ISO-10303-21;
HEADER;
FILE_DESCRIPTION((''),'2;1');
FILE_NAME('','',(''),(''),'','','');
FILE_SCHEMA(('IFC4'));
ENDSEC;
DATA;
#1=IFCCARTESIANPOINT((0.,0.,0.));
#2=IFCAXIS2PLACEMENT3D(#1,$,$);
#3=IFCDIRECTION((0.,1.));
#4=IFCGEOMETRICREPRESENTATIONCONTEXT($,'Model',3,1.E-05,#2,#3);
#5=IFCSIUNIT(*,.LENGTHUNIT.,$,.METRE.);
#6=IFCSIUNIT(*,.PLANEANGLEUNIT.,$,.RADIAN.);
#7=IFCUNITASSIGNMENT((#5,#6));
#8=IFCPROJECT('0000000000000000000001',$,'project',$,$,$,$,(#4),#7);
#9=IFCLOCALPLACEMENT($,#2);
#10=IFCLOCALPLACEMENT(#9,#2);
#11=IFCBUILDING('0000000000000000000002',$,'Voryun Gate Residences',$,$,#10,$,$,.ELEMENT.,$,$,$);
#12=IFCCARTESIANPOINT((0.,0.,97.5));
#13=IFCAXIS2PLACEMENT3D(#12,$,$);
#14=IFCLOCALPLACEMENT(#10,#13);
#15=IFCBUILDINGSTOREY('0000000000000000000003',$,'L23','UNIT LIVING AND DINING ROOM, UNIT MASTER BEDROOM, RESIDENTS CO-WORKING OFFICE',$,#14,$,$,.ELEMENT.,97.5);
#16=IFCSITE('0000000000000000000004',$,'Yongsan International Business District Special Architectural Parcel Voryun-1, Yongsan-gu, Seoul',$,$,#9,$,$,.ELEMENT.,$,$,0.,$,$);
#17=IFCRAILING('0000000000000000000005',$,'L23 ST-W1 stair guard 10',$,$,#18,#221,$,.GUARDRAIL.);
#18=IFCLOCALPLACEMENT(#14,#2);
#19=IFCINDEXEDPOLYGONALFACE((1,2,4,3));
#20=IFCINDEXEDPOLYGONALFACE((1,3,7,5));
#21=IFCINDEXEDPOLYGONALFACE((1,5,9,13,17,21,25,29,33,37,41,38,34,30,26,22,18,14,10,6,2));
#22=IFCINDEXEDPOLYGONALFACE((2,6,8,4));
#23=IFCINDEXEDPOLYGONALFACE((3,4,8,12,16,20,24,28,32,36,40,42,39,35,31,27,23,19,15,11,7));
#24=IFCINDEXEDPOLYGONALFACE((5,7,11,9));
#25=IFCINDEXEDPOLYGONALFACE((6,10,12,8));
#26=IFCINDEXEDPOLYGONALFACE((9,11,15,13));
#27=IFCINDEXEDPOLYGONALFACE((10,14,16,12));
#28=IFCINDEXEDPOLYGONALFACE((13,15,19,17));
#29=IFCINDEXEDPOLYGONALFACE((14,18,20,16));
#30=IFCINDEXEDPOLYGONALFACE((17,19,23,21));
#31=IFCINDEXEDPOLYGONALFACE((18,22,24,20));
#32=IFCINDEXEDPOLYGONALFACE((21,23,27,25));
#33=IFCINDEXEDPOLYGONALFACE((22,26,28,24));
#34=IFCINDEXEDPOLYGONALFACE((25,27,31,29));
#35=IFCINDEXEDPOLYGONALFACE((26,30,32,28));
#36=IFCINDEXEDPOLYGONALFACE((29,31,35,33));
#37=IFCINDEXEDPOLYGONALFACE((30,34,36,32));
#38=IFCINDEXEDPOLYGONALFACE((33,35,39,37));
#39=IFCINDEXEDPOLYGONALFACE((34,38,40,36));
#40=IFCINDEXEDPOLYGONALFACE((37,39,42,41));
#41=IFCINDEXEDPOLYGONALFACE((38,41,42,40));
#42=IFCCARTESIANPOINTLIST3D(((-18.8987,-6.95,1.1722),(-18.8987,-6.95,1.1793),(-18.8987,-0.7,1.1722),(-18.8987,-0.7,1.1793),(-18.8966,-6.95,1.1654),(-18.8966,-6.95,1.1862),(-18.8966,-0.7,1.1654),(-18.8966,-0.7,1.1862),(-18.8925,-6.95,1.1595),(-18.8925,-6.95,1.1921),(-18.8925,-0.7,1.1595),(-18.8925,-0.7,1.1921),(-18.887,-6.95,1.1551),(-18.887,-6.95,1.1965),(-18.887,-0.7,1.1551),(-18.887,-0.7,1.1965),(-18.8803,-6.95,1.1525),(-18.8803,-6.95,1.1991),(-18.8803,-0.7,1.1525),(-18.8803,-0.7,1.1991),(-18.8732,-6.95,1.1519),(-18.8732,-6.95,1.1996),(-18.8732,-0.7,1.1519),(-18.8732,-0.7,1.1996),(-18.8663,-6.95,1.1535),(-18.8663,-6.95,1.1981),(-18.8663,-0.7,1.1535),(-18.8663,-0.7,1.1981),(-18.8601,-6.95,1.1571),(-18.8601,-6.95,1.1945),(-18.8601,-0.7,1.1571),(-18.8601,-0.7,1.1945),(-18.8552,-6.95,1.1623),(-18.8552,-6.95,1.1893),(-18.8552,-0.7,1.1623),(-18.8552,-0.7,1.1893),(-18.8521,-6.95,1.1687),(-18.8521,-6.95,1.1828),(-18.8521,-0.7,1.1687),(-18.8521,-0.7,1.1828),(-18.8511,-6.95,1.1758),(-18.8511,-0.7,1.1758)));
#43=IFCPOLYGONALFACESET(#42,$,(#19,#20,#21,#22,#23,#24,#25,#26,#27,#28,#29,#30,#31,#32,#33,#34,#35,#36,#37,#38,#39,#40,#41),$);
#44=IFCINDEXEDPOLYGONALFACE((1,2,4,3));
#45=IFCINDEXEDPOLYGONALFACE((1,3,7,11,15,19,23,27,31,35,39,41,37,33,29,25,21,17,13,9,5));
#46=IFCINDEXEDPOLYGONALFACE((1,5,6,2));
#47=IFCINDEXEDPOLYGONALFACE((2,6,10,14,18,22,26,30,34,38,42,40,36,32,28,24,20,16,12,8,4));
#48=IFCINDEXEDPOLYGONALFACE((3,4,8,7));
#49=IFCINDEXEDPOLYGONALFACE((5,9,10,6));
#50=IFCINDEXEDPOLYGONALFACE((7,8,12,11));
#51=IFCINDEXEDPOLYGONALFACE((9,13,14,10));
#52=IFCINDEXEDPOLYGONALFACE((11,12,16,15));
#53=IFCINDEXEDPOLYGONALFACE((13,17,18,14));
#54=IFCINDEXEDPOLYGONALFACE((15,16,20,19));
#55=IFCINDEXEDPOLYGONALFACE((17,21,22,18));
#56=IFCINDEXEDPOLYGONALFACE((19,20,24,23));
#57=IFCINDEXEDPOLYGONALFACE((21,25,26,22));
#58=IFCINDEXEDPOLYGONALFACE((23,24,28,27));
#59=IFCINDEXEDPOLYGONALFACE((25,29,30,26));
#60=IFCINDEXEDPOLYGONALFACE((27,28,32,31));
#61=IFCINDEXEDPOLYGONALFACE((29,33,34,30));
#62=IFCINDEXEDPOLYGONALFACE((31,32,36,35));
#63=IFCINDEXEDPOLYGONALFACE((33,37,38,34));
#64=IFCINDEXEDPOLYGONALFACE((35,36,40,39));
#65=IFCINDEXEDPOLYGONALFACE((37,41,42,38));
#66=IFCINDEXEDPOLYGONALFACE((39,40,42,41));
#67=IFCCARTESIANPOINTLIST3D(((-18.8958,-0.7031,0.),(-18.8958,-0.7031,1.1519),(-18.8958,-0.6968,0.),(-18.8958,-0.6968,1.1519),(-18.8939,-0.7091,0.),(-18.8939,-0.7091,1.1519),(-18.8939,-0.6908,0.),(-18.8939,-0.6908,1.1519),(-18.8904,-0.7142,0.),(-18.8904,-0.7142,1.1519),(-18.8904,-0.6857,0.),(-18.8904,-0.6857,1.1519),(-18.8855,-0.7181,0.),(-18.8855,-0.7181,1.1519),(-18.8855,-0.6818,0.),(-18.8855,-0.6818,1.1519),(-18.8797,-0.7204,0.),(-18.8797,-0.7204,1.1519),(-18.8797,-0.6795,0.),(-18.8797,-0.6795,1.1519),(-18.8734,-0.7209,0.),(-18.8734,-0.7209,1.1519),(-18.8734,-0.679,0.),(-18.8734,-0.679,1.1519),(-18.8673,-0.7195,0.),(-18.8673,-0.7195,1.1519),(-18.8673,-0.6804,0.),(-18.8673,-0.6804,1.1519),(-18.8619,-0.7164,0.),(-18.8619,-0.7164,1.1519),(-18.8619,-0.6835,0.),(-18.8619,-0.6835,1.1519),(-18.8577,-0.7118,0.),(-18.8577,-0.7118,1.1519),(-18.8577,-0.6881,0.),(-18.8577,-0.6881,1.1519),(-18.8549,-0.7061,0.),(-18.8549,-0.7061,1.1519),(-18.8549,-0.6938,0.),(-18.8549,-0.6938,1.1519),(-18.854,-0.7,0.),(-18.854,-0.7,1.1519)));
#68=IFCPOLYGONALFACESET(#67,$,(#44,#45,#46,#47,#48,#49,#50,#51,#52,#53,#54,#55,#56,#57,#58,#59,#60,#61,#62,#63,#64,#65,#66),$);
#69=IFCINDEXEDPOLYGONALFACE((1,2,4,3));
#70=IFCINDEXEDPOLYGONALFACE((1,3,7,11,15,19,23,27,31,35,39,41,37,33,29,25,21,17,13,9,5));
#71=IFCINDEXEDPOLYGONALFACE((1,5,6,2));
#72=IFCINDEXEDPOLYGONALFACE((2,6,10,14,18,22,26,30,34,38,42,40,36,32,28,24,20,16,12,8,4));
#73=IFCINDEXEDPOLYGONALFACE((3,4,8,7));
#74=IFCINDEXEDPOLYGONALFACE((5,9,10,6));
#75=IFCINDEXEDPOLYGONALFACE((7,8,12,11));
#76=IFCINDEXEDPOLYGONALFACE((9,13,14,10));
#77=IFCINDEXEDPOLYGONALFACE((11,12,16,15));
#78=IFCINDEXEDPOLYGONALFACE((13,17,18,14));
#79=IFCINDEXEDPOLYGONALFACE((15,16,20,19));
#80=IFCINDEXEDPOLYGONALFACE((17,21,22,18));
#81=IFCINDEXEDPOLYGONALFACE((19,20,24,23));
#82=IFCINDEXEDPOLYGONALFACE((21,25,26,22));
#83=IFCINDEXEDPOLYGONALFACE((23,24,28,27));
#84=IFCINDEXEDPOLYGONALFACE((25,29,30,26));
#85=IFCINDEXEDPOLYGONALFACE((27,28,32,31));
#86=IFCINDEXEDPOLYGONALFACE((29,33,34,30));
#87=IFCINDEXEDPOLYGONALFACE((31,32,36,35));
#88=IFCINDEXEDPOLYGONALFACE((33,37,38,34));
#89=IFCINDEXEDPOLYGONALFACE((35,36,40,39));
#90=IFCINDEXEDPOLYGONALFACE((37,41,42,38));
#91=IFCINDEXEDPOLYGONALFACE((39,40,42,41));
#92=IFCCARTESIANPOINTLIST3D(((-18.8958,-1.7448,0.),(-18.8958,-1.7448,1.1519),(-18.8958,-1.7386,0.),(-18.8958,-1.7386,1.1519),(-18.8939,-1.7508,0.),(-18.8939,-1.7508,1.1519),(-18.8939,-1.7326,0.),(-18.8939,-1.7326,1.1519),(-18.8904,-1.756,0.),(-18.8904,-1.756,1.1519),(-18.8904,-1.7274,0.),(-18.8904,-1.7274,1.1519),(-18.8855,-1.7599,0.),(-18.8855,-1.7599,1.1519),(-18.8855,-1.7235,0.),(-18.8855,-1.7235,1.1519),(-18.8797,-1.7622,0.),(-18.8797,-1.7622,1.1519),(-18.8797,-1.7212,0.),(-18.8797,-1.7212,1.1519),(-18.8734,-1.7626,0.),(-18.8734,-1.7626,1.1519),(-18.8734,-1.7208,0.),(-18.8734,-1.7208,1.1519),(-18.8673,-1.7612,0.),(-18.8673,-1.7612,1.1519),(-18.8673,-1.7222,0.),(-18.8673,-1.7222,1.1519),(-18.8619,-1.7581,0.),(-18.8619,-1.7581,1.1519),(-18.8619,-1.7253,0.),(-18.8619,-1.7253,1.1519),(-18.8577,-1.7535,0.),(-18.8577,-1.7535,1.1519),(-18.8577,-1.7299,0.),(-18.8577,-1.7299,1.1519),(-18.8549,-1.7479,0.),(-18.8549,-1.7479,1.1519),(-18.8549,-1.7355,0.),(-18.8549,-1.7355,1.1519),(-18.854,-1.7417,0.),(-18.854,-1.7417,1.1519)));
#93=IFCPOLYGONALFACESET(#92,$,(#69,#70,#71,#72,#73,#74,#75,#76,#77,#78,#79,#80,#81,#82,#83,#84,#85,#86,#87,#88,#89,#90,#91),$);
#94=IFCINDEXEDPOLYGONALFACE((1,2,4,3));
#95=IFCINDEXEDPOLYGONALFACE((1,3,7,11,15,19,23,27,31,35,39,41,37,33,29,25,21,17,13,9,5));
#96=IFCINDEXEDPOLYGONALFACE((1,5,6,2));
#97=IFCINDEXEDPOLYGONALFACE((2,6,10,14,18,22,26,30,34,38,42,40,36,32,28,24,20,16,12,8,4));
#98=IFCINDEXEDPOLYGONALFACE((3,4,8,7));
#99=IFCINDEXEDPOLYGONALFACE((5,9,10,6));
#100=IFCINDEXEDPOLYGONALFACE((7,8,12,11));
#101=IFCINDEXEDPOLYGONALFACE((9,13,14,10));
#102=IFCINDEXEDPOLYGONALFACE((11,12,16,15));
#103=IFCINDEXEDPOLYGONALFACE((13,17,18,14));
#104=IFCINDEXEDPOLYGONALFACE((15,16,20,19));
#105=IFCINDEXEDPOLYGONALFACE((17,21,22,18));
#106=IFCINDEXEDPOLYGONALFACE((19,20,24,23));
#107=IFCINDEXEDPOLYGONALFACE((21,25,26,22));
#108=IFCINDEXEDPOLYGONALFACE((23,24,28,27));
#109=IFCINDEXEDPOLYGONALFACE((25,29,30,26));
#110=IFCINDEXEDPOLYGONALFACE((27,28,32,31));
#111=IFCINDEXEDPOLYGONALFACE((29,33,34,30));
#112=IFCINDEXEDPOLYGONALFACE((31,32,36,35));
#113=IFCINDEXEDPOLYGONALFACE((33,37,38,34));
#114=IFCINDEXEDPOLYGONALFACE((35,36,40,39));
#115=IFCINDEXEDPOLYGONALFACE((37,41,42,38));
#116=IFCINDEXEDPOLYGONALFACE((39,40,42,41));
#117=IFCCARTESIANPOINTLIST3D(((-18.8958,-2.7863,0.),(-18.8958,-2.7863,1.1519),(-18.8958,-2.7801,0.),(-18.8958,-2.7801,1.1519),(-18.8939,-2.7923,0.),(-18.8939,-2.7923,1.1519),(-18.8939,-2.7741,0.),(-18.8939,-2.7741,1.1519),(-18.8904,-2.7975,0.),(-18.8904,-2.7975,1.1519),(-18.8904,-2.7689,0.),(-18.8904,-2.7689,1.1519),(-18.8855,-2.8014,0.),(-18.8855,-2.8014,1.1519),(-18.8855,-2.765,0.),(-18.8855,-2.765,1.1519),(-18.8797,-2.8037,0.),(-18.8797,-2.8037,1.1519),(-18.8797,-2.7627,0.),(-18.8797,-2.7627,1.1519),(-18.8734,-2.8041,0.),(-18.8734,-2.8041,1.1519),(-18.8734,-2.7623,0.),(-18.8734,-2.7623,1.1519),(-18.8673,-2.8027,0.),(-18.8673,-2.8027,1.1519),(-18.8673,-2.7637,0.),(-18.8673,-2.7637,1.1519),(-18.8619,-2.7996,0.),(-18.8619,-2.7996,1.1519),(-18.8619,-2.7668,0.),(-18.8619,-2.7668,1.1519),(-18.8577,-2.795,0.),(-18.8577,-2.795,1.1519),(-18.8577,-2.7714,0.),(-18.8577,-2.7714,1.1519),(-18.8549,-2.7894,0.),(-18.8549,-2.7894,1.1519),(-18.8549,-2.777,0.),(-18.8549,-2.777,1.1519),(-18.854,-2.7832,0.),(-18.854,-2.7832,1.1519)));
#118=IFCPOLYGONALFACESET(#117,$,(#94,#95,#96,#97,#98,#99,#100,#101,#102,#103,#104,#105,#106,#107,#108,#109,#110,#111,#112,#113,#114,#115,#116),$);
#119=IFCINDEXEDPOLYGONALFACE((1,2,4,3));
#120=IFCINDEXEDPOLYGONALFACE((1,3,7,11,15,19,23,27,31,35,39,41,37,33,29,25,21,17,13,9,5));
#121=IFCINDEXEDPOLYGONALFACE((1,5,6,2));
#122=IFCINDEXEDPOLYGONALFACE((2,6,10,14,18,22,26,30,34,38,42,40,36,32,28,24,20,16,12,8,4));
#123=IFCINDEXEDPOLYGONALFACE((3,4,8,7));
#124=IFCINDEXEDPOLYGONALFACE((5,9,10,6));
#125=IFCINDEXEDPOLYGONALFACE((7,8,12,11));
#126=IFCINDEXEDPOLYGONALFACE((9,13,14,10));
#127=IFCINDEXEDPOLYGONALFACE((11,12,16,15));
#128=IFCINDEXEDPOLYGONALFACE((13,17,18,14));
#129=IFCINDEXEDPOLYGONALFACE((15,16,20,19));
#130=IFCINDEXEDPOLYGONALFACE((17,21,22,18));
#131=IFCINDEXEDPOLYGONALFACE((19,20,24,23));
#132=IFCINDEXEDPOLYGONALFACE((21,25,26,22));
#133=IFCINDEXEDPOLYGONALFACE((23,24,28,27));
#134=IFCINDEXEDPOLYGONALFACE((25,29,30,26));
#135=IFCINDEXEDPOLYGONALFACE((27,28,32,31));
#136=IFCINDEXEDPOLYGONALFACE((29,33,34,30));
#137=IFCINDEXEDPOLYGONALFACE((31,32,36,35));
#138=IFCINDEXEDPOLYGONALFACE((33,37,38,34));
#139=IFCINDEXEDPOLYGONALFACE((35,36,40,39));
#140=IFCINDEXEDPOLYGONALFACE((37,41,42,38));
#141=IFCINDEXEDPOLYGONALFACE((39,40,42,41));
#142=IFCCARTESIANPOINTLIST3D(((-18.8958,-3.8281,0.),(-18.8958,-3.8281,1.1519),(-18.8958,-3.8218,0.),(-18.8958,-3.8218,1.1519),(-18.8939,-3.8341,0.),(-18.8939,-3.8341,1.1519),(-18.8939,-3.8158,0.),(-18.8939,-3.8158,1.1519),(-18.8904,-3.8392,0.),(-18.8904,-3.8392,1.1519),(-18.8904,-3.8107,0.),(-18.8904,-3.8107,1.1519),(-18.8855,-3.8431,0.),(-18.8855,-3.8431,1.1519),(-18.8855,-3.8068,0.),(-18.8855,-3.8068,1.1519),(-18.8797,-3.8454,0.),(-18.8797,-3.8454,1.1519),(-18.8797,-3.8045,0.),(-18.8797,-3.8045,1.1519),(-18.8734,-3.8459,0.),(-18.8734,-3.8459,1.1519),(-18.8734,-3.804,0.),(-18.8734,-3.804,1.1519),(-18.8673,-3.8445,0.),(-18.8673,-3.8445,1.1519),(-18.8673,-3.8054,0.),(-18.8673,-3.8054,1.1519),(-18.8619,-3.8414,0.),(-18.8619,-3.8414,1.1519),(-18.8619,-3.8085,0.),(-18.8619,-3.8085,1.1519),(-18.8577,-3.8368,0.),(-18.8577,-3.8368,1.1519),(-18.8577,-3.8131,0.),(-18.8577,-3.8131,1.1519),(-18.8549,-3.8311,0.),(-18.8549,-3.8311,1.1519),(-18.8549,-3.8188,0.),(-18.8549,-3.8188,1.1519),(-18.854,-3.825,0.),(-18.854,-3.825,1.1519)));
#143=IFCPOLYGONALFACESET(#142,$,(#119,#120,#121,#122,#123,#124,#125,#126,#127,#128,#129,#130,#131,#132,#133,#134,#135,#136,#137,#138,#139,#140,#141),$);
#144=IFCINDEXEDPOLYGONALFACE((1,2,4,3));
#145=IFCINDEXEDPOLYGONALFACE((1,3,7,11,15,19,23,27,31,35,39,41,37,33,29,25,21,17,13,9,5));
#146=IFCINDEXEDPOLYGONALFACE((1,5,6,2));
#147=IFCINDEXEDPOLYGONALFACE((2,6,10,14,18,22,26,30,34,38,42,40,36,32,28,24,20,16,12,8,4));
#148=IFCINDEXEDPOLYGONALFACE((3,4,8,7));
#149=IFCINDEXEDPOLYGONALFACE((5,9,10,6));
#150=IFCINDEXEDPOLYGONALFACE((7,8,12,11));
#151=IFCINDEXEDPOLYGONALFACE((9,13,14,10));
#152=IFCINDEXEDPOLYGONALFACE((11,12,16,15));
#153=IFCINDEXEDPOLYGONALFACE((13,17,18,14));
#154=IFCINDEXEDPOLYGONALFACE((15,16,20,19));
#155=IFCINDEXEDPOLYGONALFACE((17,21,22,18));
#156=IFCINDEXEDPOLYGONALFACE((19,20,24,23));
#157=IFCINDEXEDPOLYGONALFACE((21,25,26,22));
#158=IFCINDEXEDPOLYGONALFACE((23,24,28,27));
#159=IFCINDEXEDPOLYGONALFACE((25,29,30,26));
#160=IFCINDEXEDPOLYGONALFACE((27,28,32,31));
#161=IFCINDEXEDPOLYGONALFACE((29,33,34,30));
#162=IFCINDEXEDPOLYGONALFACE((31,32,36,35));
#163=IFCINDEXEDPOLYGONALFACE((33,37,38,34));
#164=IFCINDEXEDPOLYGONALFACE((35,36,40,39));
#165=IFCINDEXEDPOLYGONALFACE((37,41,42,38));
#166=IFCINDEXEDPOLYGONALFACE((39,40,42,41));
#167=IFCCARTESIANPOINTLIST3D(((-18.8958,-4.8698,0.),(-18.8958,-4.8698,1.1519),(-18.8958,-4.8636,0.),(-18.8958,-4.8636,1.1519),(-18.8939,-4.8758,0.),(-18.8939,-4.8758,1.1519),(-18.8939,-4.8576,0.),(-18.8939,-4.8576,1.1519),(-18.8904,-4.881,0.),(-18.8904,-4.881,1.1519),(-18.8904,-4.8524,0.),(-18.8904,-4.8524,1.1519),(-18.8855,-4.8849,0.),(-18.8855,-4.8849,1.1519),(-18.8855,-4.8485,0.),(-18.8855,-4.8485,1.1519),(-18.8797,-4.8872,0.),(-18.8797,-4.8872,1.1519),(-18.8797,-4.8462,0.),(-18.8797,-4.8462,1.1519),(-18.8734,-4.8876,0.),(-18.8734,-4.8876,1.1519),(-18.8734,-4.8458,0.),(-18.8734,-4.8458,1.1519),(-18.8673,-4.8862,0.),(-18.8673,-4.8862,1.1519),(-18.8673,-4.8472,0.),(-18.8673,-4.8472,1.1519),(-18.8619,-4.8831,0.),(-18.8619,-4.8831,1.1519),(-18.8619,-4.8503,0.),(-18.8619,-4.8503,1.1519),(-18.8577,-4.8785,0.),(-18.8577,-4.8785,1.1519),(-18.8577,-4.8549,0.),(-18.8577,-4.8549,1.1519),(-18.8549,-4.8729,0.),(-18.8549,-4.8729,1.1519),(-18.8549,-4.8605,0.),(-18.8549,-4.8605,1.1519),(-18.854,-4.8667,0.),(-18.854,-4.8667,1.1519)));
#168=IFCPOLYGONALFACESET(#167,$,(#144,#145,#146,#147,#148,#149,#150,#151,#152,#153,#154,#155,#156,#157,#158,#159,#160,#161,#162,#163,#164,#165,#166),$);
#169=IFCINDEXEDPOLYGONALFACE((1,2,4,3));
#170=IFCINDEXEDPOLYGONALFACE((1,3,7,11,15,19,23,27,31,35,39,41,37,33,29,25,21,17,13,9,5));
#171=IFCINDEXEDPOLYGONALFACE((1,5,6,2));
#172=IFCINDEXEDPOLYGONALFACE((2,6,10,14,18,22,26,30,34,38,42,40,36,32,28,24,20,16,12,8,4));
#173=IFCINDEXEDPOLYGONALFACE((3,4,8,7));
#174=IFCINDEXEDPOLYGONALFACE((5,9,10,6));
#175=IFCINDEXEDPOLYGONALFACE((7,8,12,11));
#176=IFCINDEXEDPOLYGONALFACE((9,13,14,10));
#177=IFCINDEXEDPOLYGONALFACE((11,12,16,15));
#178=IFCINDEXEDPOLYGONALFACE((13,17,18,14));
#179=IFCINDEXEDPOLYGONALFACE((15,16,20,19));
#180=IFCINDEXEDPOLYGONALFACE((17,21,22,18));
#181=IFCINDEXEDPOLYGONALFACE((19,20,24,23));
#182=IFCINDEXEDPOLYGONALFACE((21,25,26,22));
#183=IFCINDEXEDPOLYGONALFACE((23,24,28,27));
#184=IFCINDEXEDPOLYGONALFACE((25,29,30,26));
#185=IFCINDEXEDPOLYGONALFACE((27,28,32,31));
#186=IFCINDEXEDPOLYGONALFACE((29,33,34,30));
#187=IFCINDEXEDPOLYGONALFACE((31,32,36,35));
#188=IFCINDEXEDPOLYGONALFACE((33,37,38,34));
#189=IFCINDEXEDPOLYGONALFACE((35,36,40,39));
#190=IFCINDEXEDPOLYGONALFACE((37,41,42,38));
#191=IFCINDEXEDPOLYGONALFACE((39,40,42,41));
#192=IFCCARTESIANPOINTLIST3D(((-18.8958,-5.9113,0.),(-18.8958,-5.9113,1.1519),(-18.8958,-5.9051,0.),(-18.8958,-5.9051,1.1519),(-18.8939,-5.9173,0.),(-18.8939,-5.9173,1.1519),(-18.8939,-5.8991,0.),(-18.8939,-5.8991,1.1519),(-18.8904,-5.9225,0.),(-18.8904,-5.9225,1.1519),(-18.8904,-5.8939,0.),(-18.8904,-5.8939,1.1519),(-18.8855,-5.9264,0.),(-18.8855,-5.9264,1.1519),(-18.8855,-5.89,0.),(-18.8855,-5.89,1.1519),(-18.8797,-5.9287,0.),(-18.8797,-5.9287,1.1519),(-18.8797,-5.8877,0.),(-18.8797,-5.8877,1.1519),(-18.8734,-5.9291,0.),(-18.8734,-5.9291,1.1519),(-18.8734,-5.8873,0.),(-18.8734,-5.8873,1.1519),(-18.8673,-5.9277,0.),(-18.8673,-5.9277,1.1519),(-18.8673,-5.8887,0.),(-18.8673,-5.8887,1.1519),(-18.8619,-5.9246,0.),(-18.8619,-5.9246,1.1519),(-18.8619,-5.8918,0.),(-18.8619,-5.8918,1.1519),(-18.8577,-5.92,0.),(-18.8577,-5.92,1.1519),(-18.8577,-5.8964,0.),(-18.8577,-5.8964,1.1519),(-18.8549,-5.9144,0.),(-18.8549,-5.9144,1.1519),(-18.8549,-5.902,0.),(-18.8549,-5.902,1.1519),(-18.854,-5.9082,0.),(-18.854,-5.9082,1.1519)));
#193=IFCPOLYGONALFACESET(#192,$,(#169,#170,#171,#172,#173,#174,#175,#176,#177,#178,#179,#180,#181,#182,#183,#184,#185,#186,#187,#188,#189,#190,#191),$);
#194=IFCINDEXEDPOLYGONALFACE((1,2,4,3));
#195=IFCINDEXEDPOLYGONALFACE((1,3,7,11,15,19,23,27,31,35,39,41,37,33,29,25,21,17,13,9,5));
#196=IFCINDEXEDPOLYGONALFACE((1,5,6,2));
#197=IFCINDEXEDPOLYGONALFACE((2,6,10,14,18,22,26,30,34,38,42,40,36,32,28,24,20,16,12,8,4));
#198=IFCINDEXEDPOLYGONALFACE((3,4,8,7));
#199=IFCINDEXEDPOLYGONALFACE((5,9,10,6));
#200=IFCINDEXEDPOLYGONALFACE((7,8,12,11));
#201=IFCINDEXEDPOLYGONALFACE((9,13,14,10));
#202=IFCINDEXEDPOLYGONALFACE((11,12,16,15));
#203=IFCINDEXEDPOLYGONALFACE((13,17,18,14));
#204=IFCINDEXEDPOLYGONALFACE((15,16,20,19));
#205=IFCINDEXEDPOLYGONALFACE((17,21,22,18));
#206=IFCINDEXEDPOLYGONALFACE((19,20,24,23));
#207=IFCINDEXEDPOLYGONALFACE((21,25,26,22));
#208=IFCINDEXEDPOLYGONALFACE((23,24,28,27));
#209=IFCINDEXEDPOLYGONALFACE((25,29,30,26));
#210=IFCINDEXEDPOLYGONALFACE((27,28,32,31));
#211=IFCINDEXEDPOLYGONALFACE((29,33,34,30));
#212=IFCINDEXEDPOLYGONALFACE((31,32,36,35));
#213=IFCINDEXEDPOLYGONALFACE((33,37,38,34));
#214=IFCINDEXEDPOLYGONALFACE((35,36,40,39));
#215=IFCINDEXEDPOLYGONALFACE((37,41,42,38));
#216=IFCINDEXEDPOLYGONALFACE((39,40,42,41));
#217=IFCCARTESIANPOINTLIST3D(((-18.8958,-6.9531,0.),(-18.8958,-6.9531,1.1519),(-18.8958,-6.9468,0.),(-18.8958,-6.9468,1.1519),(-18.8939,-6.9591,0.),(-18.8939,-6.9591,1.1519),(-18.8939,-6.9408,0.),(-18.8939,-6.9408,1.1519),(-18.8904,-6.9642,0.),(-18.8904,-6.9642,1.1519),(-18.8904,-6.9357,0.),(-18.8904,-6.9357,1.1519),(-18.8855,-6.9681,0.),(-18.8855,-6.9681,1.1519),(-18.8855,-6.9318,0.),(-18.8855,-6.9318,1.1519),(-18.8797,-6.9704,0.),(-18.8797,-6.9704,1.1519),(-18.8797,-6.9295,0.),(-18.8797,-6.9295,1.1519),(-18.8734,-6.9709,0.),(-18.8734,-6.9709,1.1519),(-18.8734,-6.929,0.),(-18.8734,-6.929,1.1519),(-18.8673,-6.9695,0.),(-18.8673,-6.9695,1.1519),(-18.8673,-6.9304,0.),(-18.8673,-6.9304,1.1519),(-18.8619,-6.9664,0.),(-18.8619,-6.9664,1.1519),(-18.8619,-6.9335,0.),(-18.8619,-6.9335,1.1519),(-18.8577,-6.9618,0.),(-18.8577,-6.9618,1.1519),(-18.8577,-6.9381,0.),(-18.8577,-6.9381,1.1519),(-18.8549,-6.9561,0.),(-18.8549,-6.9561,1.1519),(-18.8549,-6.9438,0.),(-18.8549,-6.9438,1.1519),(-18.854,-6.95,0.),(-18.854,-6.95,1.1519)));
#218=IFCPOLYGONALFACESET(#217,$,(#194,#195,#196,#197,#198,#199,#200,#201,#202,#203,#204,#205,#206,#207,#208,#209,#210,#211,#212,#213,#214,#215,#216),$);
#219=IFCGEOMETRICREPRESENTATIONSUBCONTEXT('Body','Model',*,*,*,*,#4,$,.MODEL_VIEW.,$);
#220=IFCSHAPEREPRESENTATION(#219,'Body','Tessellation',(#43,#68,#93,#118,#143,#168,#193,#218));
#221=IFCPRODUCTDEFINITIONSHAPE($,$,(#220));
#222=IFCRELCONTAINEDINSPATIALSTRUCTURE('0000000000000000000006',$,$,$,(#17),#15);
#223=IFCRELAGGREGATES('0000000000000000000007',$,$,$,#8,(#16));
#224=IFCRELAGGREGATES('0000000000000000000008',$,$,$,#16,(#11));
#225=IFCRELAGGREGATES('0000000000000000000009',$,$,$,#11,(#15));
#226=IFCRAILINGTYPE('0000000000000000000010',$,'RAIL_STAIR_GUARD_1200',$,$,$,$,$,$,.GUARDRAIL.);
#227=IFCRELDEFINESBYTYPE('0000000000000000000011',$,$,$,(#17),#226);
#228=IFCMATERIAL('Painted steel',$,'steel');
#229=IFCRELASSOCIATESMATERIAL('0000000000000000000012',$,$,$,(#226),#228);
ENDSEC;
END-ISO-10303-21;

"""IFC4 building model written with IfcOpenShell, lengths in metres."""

from ifc_helpers import new_model, si_unit, direction, frame, origin, origin_2d, place, context, subcontext, project, spatial, circle, extrude, material, type_object, element, save


model = new_model("IFC4")

# Units and contexts
model_context = context("Model", 3, precision=1e-05, world=origin(), true_north=direction((0.0, 1.0)))
body_context = subcontext(model_context, "Body", "Model", "MODEL_VIEW")
ifc_project = project(units=[si_unit("LENGTHUNIT", "METRE"), si_unit("PLANEANGLEUNIT", "RADIAN")], contexts=[model_context])

# Site, building, storey
site_placement = place(None, origin())
site = spatial("IfcSite", under=ifc_project, at=site_placement, Name="Yongsan International Business District Special Architectural Parcel Voryun-1, Yongsan-gu, Seoul", CompositionType="ELEMENT", RefElevation=0.0)
building_placement = place(site_placement, origin())
building = spatial("IfcBuilding", under=site, at=building_placement, Name="Voryun Gate Residences", CompositionType="ELEMENT")
storey_placement = place(building_placement, frame((0.0, 0.0, 97.5)))
storey = spatial("IfcBuildingStorey", under=building, at=storey_placement, Name="L23", Description="UNIT LIVING AND DINING ROOM, UNIT MASTER BEDROOM, RESIDENTS CO-WORKING OFFICE", CompositionType="ELEMENT", Elevation=97.5)

# Railing
ifc_material_1 = material(Name="Painted steel", Category="steel")
railing_type_1 = type_object("IfcRailingType", Name="RAIL_STAIR_GUARD_1200", PredefinedType="GUARDRAIL", material=ifc_material_1)
railing_1_placement = place(storey_placement, frame((-18.875, -0.7, 0.0)))
element("IfcRailing", 1, at=railing_1_placement, inside=storey, type_object=railing_type_1, Name="L23 ST-W1 stair guard 10", PredefinedType="GUARDRAIL", context=body_context, shape_type="SweptSolid", body=[
    extrude(circle(Radius=0.0239, at=origin_2d()), frame((0.0, 0.0, 1.1758), z_axis=(0.0, -1.0, 0.0), x_axis=(1.0, 0.0, 0.0)), (0.0, 0.0, 1.0), 6.25),
    extrude(circle(Radius=0.021, at=origin_2d()), origin(), (0.0, 0.0, 1.0), 1.1519),
    extrude(circle(Radius=0.021, at=origin_2d()), frame((0.0, -1.0417, 0.0)), (0.0, 0.0, 1.0), 1.1519),
    extrude(circle(Radius=0.021, at=origin_2d()), frame((0.0, -2.0833, 0.0)), (0.0, 0.0, 1.0), 1.1519),
    extrude(circle(Radius=0.021, at=origin_2d()), frame((0.0, -3.125, 0.0)), (0.0, 0.0, 1.0), 1.1519),
    extrude(circle(Radius=0.021, at=origin_2d()), frame((0.0, -4.1667, 0.0)), (0.0, 0.0, 1.0), 1.1519),
    extrude(circle(Radius=0.021, at=origin_2d()), frame((0.0, -5.2083, 0.0)), (0.0, 0.0, 1.0), 1.1519),
    extrude(circle(Radius=0.021, at=origin_2d()), frame((0.0, -6.25, 0.0)), (0.0, 0.0, 1.0), 1.1519),
])

save(model, "model.ifc")
